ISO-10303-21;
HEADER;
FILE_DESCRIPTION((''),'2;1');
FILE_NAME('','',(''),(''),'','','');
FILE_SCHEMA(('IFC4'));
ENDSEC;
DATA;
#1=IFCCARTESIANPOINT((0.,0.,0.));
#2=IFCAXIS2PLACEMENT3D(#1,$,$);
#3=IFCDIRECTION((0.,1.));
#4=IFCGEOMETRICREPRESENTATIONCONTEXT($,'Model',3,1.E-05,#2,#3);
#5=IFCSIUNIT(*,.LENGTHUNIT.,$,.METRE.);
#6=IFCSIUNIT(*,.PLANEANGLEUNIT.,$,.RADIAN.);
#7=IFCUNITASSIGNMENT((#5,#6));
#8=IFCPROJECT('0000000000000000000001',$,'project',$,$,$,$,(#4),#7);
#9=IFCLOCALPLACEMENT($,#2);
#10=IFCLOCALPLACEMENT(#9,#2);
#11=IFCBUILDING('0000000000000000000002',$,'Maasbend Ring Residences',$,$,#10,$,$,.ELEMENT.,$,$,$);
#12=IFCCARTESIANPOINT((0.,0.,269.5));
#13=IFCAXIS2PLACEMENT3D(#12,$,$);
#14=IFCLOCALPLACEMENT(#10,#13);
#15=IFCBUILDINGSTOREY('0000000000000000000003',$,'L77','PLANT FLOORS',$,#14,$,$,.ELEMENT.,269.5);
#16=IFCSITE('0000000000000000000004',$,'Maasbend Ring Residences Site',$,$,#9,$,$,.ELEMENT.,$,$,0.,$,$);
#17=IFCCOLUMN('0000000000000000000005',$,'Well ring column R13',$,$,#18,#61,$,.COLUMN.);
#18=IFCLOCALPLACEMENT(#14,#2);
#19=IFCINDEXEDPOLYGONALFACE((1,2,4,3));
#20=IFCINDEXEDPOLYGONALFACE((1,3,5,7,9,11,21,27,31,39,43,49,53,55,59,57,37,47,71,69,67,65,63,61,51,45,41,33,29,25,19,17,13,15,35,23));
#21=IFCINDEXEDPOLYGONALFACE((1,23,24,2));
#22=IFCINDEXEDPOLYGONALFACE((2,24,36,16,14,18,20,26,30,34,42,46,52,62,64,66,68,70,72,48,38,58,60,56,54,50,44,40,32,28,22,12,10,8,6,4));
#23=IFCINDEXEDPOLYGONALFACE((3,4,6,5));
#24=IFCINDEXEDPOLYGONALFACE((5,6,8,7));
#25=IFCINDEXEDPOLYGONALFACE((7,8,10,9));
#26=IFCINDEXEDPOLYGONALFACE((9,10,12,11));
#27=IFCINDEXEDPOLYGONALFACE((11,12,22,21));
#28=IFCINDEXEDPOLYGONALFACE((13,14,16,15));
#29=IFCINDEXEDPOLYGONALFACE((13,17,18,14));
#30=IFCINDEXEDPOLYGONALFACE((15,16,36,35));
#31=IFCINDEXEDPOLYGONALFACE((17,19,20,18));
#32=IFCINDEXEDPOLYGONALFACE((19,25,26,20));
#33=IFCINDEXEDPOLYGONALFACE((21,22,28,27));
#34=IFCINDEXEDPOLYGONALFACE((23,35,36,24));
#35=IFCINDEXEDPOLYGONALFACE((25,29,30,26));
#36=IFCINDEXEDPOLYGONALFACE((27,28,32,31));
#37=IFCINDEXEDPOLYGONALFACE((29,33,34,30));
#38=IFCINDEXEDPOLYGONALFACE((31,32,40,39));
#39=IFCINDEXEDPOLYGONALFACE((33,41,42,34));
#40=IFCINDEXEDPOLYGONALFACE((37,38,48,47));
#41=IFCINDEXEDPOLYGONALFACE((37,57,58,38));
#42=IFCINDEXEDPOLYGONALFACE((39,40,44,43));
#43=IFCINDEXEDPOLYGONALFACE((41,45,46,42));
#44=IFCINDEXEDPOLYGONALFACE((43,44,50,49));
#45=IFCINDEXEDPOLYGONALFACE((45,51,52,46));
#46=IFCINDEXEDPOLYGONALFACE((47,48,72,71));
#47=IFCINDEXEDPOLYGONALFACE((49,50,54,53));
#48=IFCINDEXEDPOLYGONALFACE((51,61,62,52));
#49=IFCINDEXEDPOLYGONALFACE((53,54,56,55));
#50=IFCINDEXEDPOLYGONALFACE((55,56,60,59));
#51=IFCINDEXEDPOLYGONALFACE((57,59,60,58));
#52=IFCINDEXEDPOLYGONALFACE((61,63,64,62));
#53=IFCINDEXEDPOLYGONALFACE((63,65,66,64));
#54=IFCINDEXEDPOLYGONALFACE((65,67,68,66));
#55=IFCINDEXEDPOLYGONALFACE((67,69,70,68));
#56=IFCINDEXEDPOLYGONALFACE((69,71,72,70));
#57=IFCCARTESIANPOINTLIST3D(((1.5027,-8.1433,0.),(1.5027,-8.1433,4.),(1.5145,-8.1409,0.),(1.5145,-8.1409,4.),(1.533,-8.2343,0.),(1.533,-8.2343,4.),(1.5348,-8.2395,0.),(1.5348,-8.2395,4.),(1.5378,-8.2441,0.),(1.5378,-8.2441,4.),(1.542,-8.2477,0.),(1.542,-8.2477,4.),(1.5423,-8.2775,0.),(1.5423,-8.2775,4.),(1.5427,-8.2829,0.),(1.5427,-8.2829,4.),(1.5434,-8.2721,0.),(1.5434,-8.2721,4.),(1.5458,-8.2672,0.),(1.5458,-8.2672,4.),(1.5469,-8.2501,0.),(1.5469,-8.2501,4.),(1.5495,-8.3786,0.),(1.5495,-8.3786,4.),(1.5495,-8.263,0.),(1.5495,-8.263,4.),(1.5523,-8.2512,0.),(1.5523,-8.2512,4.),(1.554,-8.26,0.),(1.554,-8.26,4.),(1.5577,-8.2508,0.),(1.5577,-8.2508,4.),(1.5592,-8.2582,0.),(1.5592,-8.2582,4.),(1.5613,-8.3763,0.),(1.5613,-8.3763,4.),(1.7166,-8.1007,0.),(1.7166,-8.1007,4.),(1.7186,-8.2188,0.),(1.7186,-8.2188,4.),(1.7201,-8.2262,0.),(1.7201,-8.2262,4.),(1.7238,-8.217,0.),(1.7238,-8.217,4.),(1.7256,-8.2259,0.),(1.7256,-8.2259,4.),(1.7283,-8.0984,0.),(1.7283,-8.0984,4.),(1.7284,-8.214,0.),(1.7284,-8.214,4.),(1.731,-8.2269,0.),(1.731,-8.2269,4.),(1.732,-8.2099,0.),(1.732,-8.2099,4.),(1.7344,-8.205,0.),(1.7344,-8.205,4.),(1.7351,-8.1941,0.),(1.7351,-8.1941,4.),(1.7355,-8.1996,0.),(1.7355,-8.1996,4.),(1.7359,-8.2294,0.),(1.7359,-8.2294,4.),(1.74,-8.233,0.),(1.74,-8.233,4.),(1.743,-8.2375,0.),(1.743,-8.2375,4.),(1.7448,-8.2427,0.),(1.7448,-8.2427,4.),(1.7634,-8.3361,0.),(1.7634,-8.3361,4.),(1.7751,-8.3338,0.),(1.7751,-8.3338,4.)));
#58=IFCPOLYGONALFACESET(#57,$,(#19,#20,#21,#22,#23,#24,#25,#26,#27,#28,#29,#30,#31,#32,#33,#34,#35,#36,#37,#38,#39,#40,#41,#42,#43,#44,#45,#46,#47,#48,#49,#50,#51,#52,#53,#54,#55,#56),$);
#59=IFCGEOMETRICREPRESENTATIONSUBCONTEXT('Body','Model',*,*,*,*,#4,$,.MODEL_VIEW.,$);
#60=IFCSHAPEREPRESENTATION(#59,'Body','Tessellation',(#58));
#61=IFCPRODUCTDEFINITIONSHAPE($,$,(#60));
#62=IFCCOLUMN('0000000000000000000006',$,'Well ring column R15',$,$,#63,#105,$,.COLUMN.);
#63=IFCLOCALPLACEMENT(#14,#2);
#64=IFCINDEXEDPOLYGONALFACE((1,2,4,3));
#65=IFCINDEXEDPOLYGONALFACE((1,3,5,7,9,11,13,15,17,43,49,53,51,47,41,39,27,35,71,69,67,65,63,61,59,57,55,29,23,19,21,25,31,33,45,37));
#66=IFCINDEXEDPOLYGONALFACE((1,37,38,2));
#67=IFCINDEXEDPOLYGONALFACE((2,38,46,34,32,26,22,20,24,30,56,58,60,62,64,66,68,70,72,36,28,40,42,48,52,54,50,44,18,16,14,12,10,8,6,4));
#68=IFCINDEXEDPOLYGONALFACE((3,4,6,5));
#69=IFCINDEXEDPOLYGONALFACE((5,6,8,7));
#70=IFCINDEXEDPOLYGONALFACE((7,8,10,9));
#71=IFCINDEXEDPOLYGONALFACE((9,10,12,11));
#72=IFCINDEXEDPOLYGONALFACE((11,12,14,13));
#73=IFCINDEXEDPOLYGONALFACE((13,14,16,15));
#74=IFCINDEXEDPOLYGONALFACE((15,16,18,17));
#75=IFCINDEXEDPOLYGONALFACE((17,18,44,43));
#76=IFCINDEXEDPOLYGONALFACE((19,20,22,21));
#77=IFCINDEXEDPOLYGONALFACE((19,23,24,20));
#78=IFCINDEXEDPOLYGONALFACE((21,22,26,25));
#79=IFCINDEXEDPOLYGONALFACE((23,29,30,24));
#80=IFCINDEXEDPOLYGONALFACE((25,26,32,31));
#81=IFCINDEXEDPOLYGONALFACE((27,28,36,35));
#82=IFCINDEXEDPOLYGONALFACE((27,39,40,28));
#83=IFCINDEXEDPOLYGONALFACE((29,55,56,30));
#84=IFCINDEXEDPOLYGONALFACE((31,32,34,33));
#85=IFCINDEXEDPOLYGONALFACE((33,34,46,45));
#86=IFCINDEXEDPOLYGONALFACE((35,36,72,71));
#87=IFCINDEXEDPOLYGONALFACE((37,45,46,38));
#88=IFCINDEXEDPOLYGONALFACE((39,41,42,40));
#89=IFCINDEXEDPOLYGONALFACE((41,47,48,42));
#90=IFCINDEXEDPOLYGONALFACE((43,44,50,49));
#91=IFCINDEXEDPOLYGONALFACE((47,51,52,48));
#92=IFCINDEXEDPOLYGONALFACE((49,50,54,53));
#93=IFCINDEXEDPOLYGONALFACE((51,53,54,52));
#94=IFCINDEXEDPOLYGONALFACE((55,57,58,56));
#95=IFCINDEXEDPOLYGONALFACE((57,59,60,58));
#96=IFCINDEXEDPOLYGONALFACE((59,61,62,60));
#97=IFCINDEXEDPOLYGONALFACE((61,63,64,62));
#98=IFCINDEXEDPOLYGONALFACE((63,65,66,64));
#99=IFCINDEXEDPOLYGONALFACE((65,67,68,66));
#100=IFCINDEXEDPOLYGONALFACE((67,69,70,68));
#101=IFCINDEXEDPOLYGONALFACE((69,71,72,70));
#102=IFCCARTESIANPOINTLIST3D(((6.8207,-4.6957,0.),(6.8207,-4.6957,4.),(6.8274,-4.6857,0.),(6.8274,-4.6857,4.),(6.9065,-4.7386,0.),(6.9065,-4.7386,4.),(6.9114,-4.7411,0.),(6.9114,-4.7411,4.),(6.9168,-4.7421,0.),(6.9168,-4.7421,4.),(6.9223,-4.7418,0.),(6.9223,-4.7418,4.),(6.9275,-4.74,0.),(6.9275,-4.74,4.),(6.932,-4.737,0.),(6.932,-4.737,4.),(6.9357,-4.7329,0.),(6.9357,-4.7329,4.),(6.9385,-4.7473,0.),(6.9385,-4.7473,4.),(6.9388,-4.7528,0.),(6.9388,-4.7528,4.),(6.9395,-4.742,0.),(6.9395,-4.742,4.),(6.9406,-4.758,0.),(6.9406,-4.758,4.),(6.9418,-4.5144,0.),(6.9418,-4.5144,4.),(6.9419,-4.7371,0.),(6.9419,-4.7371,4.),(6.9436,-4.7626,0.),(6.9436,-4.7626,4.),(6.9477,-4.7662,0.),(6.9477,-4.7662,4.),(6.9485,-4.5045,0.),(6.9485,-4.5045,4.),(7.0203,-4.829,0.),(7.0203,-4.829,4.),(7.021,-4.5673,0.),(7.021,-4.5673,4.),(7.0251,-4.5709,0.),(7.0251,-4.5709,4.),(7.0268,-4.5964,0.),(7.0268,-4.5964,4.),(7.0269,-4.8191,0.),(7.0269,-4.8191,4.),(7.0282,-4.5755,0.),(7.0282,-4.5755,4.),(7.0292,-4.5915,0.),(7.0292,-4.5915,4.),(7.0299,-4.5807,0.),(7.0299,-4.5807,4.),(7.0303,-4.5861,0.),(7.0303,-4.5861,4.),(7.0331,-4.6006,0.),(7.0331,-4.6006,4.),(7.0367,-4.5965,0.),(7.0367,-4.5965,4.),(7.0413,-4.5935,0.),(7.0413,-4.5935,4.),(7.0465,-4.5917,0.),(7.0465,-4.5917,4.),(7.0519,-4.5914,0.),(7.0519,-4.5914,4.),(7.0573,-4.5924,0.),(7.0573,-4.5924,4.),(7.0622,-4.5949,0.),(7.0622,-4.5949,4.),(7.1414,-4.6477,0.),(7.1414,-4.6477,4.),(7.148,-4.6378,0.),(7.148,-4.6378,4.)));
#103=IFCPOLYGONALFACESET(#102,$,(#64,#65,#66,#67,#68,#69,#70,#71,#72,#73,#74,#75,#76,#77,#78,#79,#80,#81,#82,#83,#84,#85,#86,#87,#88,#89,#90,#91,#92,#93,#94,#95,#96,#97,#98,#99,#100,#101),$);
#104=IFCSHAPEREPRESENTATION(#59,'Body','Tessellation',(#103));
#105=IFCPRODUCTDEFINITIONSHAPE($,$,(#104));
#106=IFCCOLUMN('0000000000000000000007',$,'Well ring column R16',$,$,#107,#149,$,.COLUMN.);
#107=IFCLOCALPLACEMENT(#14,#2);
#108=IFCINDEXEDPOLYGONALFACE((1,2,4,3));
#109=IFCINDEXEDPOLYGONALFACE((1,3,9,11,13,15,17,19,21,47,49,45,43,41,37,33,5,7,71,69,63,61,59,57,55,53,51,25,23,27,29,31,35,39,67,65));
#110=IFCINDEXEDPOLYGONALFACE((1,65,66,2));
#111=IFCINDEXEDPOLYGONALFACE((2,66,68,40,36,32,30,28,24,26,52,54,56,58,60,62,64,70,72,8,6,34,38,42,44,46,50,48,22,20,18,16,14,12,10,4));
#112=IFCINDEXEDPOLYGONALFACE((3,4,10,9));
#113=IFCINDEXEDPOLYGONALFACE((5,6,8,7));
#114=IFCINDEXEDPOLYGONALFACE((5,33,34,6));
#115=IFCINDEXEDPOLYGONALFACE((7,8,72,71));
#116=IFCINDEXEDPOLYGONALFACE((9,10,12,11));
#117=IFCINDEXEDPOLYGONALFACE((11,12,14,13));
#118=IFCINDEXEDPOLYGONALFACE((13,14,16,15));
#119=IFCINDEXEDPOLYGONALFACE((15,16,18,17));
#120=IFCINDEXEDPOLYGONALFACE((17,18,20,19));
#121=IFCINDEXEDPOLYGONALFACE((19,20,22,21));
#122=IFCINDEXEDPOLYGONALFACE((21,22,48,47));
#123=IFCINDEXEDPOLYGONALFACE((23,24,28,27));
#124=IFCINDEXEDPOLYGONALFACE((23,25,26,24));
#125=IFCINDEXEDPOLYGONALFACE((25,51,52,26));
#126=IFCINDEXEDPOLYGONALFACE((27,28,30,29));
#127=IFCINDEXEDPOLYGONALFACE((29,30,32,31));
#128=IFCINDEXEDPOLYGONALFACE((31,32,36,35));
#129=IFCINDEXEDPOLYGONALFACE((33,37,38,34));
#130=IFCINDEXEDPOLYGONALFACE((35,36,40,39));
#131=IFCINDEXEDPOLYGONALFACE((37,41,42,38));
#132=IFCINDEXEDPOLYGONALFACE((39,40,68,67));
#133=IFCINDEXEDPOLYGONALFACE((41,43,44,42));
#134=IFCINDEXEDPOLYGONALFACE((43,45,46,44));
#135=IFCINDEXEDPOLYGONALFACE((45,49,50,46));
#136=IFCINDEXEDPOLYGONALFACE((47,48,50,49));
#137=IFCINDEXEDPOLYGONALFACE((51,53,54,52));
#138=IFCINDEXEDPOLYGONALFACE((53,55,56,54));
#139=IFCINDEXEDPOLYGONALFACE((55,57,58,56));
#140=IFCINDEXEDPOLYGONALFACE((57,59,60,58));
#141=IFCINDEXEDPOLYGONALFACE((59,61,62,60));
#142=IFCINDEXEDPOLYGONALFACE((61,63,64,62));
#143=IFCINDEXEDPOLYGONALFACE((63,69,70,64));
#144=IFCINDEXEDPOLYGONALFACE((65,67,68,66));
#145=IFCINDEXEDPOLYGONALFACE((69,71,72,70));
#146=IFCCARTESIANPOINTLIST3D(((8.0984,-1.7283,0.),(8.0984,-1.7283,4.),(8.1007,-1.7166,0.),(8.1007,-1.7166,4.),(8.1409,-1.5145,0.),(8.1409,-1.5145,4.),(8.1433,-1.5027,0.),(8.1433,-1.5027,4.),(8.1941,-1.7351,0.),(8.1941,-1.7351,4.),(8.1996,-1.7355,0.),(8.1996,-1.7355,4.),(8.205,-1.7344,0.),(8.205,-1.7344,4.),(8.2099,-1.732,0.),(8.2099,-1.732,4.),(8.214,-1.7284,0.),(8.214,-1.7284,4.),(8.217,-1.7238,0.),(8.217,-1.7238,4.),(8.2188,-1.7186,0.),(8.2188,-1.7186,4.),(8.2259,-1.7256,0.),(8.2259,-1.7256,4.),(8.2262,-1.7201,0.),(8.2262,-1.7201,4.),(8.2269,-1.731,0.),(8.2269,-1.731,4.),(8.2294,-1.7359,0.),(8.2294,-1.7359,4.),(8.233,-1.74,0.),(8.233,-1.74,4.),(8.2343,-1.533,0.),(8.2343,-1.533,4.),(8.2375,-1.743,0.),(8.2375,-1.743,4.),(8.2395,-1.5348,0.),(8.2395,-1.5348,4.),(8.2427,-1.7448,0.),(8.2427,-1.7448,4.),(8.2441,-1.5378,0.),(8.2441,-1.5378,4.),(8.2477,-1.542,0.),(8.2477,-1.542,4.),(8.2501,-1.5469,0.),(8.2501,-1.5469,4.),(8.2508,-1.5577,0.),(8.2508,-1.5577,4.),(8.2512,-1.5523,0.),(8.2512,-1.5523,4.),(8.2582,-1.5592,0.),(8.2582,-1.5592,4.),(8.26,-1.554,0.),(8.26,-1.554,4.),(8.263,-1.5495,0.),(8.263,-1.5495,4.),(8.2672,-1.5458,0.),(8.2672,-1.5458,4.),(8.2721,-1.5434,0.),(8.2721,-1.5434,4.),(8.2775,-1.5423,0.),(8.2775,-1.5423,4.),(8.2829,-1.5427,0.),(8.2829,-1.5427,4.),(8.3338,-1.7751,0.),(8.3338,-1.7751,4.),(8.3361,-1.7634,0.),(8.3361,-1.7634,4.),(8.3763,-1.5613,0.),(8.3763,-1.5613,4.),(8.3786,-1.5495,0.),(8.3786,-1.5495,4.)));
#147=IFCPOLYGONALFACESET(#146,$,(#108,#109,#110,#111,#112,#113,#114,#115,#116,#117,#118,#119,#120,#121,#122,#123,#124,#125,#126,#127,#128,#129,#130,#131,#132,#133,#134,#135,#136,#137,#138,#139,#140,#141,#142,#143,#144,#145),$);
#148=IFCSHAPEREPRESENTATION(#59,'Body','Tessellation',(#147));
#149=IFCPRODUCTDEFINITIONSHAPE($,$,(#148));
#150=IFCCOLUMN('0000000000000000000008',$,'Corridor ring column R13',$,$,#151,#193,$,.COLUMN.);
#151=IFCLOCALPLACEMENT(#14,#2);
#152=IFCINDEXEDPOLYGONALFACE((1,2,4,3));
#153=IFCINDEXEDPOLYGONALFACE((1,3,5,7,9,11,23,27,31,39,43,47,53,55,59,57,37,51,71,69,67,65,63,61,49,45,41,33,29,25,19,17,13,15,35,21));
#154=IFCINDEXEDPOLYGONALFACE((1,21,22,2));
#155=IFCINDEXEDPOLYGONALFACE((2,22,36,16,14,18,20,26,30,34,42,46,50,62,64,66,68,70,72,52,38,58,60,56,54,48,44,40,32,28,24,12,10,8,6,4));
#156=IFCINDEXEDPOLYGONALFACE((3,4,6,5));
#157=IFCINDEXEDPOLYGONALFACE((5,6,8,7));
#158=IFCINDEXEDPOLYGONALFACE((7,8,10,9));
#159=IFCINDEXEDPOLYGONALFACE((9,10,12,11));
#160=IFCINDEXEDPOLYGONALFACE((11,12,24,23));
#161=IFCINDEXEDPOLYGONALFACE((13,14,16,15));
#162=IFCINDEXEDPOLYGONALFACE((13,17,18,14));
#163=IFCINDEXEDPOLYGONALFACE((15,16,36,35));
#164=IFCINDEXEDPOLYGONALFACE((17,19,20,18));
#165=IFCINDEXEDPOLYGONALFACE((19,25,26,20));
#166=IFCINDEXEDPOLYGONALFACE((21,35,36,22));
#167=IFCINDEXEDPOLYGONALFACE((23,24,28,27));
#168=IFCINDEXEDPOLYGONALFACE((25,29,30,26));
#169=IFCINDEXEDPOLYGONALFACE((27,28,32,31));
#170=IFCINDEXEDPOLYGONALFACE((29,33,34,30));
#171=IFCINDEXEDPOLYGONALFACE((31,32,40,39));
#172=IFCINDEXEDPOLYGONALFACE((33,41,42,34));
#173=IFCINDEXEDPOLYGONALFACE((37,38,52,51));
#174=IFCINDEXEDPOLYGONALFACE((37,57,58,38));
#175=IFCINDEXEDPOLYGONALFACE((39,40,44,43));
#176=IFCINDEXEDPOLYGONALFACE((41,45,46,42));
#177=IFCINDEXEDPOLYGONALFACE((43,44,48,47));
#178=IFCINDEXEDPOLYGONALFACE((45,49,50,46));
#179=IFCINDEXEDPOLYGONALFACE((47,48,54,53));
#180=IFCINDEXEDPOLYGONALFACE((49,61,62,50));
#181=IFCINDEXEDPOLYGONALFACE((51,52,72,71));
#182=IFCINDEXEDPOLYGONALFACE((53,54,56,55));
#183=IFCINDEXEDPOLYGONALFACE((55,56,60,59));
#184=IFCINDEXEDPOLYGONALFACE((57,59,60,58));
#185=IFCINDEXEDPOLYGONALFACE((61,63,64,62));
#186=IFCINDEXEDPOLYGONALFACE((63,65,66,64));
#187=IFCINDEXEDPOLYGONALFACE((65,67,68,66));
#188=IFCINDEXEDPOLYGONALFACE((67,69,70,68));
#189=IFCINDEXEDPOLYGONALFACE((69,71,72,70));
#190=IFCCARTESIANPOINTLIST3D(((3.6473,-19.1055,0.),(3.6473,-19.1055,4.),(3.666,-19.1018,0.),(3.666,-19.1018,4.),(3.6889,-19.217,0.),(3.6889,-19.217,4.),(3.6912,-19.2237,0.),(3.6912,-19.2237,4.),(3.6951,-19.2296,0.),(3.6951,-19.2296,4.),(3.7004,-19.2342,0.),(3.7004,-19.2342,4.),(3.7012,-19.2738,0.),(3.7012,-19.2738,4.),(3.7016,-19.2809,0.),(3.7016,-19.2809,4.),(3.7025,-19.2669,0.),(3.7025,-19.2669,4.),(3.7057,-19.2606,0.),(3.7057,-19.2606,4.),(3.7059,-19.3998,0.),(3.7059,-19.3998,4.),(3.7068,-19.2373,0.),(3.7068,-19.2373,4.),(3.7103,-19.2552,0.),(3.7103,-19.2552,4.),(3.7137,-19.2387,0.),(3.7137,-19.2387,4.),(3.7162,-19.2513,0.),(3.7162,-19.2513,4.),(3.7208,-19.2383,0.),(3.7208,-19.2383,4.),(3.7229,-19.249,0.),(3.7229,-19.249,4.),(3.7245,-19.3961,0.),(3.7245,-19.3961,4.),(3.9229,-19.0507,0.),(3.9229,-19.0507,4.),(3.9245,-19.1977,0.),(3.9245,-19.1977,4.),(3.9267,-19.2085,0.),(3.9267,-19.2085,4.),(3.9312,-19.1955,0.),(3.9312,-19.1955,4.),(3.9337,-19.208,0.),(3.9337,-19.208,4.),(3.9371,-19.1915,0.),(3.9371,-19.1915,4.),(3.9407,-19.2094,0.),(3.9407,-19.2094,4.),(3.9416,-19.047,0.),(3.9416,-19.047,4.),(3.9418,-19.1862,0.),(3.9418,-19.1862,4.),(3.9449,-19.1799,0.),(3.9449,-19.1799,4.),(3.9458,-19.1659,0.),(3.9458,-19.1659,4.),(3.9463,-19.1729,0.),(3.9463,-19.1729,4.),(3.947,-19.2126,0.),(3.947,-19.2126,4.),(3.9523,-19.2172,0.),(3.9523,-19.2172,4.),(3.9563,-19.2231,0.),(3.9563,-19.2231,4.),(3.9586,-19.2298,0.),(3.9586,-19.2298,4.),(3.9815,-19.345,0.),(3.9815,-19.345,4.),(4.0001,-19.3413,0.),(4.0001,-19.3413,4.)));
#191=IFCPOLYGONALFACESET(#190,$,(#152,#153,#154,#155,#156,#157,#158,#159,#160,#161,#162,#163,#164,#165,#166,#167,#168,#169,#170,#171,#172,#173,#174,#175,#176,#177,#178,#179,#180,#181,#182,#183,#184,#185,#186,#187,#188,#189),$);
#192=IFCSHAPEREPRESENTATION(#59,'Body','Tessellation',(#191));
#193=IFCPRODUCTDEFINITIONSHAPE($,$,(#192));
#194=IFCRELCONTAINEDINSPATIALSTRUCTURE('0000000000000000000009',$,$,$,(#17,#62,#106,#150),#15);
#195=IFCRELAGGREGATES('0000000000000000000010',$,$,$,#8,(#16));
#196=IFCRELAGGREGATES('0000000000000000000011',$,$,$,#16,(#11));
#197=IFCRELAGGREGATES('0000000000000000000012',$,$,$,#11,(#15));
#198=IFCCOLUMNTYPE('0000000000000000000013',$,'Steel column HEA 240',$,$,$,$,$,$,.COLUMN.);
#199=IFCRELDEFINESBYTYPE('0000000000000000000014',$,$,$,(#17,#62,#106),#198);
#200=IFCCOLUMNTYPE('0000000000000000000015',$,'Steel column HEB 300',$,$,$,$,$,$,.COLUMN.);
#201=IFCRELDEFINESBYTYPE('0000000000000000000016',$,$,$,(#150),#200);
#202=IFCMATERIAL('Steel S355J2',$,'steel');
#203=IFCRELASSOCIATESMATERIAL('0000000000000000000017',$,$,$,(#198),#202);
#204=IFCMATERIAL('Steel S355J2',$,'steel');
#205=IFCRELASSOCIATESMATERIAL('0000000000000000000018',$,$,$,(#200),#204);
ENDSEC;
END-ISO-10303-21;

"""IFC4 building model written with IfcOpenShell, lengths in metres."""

from ifc_helpers import new_model, si_unit, direction, frame, origin, origin_2d, place, context, subcontext, project, spatial, i_section, extrude, material, material_profile, profile_set, type_object, element, save


model = new_model("IFC4")

# Units and contexts
model_context = context("Model", 3, precision=1e-05, world=origin(), true_north=direction((0.0, 1.0)))
body_context = subcontext(model_context, "Body", "Model", "MODEL_VIEW")
ifc_project = project(units=[si_unit("LENGTHUNIT", "METRE"), si_unit("PLANEANGLEUNIT", "RADIAN")], contexts=[model_context])

# Site, building, storey
site_placement = place(None, origin())
site = spatial("IfcSite", under=ifc_project, at=site_placement, Name="Maasbend Ring Residences Site", CompositionType="ELEMENT", RefElevation=0.0)
building_placement = place(site_placement, origin())
building = spatial("IfcBuilding", under=site, at=building_placement, Name="Maasbend Ring Residences", CompositionType="ELEMENT")
storey_placement = place(building_placement, frame((0.0, 0.0, 269.5)))
storey = spatial("IfcBuildingStorey", under=building, at=storey_placement, Name="L77", Description="PLANT FLOORS", CompositionType="ELEMENT", Elevation=269.5)

# Columns
ifc_material_1 = material(Name="Steel S355J2", Category="steel")
ifc_material_profile_1 = material_profile(ifc_material_1, i_section(OverallWidth=0.24, OverallDepth=0.23, WebThickness=0.0076, FlangeThickness=0.012, FilletRadius=0.021, at=origin_2d()), Name="HEA 240")
ifc_profile_set_1 = profile_set([ifc_material_profile_1], Name="Steel S355J2")
column_type_1 = type_object("IfcColumnType", Name="Steel column HEA 240", PredefinedType="COLUMN", material=ifc_profile_set_1)
for number, where, z_axis, x_axis, name in (
    (1, (1.6389, -8.2385, 0.0), (0.0, 0.0, 1.0), (0.19509, -0.980785, 0.0), "Well ring column R13"),
    (2, (6.9844, -4.6667, 0.0), (0.0, 0.0, 1.0), (0.83147, -0.55557, 0.0), "Well ring column R15"),
    (3, (8.2385, -1.6389, 0.0), (0.0, 0.0, 1.0), (0.980785, -0.19509, 0.0), "Well ring column R16"),
):
    element("IfcColumn", number, at=place(storey_placement, frame(where, z_axis=z_axis, x_axis=x_axis)), inside=storey, type_object=column_type_1, Name=name, PredefinedType="COLUMN", context=body_context, shape_type="SweptSolid", body=[
        extrude(i_section(OverallWidth=0.24, OverallDepth=0.23, WebThickness=0.0076, FlangeThickness=0.012, FilletRadius=0.021, at=origin_2d()), origin(), (0.0, 0.0, 1.0), 4.0),
    ])
ifc_material_2 = material(Name="Steel S355J2", Category="steel")
ifc_material_profile_2 = material_profile(ifc_material_2, i_section(OverallWidth=0.3, OverallDepth=0.3, WebThickness=0.011, FlangeThickness=0.019, FilletRadius=0.0271, at=origin_2d()), Name="HEB 300")
ifc_profile_set_2 = profile_set([ifc_material_profile_2], Name="Steel S355J2")
column_type_2 = type_object("IfcColumnType", Name="Steel column HEB 300", PredefinedType="COLUMN", material=ifc_profile_set_2)
for number, where, z_axis, x_axis, name in (
    (4, (3.8237, -19.2234, 0.0), (0.0, 0.0, 1.0), (0.19509, -0.980785, 0.0), "Corridor ring column R13"),
):
    element("IfcColumn", number, at=place(storey_placement, frame(where, z_axis=z_axis, x_axis=x_axis)), inside=storey, type_object=column_type_2, Name=name, PredefinedType="COLUMN", context=body_context, shape_type="SweptSolid", body=[
        extrude(i_section(OverallWidth=0.3, OverallDepth=0.3, WebThickness=0.011, FlangeThickness=0.019, FilletRadius=0.0271, at=origin_2d()), origin(), (0.0, 0.0, 1.0), 4.0),
    ])

save(model, "model.ifc")
